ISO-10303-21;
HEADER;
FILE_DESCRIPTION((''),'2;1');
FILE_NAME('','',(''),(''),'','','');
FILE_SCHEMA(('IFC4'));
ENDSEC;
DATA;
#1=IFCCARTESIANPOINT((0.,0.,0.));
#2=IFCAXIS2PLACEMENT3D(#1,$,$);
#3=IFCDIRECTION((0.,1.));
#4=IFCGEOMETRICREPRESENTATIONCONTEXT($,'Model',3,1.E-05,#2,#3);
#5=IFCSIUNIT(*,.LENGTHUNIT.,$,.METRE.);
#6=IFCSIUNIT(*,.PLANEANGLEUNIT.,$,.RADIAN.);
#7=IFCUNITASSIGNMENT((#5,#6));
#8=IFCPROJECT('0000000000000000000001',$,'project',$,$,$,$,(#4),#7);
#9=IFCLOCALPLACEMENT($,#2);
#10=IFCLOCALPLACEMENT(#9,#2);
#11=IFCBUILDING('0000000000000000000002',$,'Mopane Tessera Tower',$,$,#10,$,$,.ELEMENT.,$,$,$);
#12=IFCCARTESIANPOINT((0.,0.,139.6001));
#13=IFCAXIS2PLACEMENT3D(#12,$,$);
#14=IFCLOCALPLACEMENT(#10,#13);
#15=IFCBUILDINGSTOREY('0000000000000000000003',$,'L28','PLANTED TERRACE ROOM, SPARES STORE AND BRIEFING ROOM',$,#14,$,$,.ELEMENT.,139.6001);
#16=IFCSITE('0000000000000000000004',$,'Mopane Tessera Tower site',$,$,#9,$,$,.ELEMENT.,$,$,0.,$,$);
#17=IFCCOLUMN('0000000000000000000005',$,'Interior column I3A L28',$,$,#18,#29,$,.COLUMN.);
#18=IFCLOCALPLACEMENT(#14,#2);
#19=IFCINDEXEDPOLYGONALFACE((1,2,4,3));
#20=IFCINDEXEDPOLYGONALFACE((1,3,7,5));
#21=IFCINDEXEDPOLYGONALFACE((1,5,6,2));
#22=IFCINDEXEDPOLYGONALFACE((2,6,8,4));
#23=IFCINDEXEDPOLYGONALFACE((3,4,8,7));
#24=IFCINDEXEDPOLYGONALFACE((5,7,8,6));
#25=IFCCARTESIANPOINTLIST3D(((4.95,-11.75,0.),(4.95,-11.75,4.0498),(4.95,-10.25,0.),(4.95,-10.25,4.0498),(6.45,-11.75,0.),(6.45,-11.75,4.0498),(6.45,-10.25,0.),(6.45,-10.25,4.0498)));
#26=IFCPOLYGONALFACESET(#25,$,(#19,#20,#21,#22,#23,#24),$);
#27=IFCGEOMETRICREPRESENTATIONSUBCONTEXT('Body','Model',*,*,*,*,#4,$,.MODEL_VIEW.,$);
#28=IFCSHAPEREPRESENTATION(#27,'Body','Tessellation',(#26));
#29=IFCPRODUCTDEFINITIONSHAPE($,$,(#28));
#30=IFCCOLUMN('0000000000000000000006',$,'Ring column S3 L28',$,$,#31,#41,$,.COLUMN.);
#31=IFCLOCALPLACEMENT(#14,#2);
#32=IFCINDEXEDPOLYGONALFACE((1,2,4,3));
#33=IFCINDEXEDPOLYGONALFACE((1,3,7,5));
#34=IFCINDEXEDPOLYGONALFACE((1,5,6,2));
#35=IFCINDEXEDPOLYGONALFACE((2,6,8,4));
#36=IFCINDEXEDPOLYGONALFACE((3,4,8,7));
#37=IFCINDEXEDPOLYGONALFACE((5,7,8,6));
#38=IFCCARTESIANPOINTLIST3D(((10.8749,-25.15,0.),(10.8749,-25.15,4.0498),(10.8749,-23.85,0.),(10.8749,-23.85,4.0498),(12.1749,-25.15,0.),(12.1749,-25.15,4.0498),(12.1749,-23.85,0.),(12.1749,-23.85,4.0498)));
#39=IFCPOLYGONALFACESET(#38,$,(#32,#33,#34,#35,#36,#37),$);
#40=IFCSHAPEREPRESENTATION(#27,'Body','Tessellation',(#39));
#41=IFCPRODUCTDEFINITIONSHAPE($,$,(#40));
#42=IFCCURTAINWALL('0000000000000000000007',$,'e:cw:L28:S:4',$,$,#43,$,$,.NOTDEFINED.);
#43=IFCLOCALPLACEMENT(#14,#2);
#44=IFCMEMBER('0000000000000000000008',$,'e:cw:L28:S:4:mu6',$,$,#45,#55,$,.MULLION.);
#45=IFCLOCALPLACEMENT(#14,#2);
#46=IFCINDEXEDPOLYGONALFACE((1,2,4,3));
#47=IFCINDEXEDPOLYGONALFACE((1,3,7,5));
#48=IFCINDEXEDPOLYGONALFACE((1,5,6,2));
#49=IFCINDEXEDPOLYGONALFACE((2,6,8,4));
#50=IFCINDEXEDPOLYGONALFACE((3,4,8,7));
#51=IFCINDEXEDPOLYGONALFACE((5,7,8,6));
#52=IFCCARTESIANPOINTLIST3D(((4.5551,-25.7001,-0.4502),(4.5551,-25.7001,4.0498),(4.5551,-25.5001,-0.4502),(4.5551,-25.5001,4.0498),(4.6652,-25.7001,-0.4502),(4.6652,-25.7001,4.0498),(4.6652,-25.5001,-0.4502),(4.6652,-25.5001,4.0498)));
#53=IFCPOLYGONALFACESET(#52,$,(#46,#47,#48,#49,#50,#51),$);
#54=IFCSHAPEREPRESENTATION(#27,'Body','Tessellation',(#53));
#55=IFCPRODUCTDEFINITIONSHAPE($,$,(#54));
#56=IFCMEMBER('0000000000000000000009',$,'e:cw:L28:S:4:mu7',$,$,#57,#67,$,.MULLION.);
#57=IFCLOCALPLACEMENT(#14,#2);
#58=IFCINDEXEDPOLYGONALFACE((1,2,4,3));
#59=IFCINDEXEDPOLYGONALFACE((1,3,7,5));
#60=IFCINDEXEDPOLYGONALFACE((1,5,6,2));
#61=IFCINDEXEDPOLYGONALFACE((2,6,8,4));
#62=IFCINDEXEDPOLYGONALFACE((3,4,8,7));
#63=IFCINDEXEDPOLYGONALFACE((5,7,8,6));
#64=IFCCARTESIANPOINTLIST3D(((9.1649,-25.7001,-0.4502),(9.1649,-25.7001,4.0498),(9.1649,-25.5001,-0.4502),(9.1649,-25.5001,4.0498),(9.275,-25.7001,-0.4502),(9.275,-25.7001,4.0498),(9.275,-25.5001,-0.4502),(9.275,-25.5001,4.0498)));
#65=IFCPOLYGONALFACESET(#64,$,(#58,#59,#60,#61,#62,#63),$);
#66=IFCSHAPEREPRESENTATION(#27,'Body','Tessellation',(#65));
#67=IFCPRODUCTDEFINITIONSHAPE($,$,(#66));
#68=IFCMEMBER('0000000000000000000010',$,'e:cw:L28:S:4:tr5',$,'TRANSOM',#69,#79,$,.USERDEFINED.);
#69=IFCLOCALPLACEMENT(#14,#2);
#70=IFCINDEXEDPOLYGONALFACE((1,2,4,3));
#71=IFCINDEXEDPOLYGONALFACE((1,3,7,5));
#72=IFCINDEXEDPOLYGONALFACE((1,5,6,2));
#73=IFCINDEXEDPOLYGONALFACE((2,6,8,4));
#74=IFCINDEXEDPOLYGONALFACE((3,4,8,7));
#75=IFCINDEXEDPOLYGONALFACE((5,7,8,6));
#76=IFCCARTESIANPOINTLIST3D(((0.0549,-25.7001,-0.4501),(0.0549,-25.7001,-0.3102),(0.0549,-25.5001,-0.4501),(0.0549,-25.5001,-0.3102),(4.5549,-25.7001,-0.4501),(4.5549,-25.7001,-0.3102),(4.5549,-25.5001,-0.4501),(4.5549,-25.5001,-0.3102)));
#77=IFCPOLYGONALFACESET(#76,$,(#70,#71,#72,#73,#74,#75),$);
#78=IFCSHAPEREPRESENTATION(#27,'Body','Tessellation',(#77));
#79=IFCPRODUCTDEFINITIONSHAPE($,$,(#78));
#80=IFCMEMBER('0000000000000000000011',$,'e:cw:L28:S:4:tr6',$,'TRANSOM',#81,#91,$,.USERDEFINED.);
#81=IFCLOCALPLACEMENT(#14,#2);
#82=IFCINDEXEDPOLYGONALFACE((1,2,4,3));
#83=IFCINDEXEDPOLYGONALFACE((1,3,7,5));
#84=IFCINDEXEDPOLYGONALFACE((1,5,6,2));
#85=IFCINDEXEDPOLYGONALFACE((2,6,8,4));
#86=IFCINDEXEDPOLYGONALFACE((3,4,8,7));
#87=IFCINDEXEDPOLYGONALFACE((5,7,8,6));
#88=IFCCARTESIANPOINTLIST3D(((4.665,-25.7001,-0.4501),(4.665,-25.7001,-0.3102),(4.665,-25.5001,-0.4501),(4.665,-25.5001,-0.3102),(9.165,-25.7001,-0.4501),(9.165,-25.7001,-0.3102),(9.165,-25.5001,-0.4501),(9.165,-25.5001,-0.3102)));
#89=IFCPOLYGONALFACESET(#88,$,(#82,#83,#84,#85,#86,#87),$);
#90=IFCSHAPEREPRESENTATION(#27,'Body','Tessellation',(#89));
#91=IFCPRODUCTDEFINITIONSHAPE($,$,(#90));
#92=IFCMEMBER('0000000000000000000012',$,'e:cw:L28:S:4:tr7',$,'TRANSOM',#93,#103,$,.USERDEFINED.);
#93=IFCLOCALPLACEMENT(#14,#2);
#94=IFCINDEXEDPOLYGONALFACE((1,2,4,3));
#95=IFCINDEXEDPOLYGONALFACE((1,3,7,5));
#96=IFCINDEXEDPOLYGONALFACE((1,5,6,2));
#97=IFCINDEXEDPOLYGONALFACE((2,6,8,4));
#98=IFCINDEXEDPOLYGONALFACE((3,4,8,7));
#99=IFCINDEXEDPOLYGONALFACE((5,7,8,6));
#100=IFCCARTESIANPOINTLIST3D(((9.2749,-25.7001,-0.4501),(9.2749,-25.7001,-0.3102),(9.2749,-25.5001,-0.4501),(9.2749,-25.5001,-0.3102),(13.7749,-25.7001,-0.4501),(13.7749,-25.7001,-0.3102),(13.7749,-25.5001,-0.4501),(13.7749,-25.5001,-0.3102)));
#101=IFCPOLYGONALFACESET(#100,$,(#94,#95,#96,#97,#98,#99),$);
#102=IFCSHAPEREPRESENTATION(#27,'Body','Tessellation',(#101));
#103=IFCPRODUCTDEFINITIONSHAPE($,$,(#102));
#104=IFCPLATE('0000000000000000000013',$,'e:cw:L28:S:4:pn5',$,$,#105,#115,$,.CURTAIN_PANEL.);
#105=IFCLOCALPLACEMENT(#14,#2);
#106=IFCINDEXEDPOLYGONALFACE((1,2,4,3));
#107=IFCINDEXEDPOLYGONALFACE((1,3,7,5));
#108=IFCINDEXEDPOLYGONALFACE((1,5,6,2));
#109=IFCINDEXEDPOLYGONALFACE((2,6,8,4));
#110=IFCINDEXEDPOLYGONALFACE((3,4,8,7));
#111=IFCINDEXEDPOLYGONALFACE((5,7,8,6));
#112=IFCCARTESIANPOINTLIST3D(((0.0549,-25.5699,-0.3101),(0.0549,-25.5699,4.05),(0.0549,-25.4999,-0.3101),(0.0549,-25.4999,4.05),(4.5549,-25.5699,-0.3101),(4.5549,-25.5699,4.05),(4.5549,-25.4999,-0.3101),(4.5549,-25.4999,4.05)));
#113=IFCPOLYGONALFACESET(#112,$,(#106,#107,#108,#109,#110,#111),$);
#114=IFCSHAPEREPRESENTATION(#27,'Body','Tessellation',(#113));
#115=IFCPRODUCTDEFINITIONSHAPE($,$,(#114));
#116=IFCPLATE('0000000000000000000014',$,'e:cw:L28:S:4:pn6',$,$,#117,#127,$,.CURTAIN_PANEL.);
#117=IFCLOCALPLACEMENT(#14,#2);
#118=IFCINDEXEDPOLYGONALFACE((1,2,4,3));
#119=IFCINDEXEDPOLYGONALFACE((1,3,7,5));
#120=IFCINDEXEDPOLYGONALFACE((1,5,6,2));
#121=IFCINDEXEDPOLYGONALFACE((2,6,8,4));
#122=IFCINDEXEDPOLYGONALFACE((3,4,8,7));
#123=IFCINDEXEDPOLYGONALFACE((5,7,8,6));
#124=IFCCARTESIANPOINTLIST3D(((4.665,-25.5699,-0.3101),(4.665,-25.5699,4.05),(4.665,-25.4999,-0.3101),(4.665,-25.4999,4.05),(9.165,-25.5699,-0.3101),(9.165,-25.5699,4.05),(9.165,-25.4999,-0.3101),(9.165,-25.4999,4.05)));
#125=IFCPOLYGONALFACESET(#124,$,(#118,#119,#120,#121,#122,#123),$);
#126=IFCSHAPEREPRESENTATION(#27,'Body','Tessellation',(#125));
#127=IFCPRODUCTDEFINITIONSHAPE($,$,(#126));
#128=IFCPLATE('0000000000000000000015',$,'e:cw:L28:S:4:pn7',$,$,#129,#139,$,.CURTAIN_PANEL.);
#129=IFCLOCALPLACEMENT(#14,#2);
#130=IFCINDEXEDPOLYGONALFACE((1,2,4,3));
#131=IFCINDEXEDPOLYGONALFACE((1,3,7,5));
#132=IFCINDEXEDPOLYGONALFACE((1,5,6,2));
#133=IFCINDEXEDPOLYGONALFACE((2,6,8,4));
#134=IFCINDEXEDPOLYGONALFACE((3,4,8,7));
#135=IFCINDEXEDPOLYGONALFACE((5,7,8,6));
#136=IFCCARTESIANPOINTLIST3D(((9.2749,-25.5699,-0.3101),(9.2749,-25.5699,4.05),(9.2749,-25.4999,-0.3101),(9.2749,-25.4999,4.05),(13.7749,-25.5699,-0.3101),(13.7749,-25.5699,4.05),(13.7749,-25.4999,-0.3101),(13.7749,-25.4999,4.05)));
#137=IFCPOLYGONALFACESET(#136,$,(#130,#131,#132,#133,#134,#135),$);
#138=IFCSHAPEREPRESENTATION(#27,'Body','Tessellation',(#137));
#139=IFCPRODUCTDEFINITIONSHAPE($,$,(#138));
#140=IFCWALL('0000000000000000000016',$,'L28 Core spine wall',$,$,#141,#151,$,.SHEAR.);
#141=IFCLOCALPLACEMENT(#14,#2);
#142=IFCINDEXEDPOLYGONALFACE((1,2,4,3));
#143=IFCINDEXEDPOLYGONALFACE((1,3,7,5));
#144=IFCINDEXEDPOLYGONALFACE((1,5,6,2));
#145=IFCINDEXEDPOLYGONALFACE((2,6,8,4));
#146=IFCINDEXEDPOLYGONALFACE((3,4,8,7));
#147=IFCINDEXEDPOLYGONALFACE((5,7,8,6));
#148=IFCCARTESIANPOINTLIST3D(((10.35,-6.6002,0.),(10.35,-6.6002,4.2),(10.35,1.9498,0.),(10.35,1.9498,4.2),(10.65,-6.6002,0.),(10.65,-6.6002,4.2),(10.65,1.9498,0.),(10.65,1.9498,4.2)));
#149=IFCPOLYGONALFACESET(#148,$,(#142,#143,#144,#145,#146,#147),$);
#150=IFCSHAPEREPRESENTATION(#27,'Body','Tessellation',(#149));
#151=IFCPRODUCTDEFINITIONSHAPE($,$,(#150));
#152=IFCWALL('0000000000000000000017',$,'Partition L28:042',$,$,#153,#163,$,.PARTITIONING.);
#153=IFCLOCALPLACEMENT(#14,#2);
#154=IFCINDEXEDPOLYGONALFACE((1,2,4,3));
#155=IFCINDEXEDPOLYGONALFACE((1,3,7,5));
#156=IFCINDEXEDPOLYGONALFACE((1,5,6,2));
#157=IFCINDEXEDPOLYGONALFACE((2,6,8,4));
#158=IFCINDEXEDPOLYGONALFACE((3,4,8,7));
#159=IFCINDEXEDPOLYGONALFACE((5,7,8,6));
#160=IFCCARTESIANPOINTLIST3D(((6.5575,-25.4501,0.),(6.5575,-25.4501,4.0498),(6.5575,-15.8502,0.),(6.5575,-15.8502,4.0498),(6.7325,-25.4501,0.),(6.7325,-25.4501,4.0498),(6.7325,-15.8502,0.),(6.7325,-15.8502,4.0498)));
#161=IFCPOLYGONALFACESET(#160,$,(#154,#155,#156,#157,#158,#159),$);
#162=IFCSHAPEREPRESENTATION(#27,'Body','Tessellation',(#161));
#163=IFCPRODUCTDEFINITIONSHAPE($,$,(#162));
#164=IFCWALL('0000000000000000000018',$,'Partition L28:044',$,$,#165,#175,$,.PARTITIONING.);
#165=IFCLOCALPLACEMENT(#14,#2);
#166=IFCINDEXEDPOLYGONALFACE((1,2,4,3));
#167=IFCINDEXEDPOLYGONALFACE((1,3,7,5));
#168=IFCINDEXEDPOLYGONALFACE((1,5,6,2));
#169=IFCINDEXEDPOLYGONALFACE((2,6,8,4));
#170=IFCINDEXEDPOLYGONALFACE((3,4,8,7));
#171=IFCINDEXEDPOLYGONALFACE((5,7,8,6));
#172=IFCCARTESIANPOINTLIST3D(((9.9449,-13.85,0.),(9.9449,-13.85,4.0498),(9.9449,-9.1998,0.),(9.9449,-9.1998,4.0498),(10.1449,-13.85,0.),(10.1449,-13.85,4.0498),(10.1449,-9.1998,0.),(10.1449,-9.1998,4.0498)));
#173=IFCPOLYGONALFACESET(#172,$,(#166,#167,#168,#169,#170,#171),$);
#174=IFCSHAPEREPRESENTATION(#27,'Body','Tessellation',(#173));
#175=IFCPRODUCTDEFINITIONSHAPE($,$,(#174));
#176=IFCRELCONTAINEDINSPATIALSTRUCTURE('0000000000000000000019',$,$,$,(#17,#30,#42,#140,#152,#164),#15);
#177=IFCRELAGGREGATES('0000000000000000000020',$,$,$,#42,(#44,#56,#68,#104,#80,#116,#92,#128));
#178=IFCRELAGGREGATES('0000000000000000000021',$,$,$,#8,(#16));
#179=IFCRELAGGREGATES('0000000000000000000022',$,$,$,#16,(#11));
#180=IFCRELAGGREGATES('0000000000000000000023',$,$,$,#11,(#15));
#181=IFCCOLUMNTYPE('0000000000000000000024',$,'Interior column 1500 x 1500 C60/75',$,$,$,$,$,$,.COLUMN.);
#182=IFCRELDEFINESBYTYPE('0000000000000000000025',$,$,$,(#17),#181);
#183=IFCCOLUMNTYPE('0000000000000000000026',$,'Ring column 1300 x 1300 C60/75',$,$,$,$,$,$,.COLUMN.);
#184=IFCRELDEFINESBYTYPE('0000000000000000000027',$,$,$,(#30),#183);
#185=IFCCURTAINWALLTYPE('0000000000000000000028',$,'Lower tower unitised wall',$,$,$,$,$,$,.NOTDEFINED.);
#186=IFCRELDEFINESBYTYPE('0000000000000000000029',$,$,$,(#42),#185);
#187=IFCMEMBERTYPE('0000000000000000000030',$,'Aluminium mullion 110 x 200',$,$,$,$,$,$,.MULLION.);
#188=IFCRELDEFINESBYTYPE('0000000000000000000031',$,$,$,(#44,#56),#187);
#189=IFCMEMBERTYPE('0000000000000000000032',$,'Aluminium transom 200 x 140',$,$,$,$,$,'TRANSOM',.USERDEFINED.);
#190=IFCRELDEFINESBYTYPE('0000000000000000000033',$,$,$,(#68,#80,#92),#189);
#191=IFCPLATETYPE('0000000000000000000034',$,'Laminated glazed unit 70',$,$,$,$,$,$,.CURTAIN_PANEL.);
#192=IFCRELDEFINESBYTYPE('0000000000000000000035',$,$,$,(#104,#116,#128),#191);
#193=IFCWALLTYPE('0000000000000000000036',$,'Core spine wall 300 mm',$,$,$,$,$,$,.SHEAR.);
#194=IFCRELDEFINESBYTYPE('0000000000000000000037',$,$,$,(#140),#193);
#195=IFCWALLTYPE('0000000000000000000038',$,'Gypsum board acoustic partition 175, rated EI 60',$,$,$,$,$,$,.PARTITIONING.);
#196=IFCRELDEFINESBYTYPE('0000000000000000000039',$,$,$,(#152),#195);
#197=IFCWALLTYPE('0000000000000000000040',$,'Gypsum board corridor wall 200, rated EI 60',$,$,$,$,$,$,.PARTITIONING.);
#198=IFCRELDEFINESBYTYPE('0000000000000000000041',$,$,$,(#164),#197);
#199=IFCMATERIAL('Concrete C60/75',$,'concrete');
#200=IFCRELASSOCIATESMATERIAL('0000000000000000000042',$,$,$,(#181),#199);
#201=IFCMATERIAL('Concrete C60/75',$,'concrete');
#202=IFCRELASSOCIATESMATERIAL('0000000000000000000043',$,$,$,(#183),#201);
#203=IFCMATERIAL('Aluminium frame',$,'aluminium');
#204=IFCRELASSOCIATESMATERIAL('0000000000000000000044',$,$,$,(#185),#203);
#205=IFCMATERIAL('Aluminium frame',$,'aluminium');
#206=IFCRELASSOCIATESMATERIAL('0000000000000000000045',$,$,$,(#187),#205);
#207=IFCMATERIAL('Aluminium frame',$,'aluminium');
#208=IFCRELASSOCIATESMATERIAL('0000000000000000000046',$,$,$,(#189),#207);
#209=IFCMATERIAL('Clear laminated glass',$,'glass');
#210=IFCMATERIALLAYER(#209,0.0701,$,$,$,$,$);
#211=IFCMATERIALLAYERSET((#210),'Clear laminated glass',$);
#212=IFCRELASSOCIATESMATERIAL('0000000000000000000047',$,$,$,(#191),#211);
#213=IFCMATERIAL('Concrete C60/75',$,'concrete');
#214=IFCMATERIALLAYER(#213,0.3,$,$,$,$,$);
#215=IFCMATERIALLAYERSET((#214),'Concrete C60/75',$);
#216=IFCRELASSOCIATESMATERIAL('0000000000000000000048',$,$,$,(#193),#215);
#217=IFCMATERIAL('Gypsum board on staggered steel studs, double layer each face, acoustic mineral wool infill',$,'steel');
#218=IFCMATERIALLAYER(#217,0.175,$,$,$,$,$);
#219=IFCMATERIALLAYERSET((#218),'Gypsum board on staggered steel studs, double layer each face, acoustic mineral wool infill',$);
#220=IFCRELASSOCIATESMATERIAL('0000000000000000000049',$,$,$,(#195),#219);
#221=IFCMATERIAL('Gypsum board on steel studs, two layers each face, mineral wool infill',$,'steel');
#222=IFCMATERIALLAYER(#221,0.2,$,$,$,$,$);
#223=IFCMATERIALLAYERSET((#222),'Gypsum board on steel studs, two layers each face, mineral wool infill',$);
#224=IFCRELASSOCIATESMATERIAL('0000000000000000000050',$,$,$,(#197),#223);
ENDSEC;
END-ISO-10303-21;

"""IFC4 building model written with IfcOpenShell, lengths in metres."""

from ifc_helpers import new_model, si_unit, direction, frame, frame_2d, origin, origin_2d, place, context, subcontext, project, spatial, rectangle, extrude, material, layer, layer_set, material_profile, profile_set, type_object, element, aggregate, save


model = new_model("IFC4")

# Units and contexts
model_context = context("Model", 3, precision=1e-05, world=origin(), true_north=direction((0.0, 1.0)))
body_context = subcontext(model_context, "Body", "Model", "MODEL_VIEW")
ifc_project = project(units=[si_unit("LENGTHUNIT", "METRE"), si_unit("PLANEANGLEUNIT", "RADIAN")], contexts=[model_context])

# Site, building, storey
site_placement = place(None, origin())
site = spatial("IfcSite", under=ifc_project, at=site_placement, Name="Mopane Tessera Tower site", CompositionType="ELEMENT", RefElevation=0.0)
building_placement = place(site_placement, origin())
building = spatial("IfcBuilding", under=site, at=building_placement, Name="Mopane Tessera Tower", CompositionType="ELEMENT")
storey_placement = place(building_placement, frame((0.0, 0.0, 139.6001)))
storey = spatial("IfcBuildingStorey", under=building, at=storey_placement, Name="L28", Description="PLANTED TERRACE ROOM, SPARES STORE AND BRIEFING ROOM", CompositionType="ELEMENT", Elevation=139.6001)

# Columns
ifc_material_1 = material(Name="Concrete C60/75", Category="concrete")
ifc_material_profile_1 = material_profile(ifc_material_1, rectangle(XDim=1.5, YDim=1.5, at=origin_2d()))
ifc_profile_set_1 = profile_set([ifc_material_profile_1], Name="Concrete C60/75")
column_type_1 = type_object("IfcColumnType", Name="Interior column 1500 x 1500 C60/75", PredefinedType="COLUMN", material=ifc_profile_set_1)
column_1_placement = place(storey_placement, frame((5.7, -11.0, 0.0), z_axis=(0.0, 0.0, 1.0), x_axis=(1.0, 0.0, 0.0)))
element("IfcColumn", 1, at=column_1_placement, inside=storey, type_object=column_type_1, Name="Interior column I3A L28", PredefinedType="COLUMN", context=body_context, shape_type="SweptSolid", body=[
    extrude(rectangle(XDim=1.5, YDim=1.5, at=origin_2d()), origin(), (0.0, 0.0, 1.0), 4.0498),
])
ifc_material_2 = material(Name="Concrete C60/75", Category="concrete")
ifc_material_profile_2 = material_profile(ifc_material_2, rectangle(XDim=1.3, YDim=1.3, at=origin_2d()))
ifc_profile_set_2 = profile_set([ifc_material_profile_2], Name="Concrete C60/75")
column_type_2 = type_object("IfcColumnType", Name="Ring column 1300 x 1300 C60/75", PredefinedType="COLUMN", material=ifc_profile_set_2)
column_2_placement = place(storey_placement, frame((11.5249, -24.5, 0.0), z_axis=(0.0, 0.0, 1.0), x_axis=(1.0, 0.0, 0.0)))
element("IfcColumn", 2, at=column_2_placement, inside=storey, type_object=column_type_2, Name="Ring column S3 L28", PredefinedType="COLUMN", context=body_context, shape_type="SweptSolid", body=[
    extrude(rectangle(XDim=1.3, YDim=1.3, at=origin_2d()), origin(), (0.0, 0.0, 1.0), 4.0498),
])

# Curtain wall, members, plates
ifc_material_3 = material(Name="Aluminium frame", Category="aluminium")
curtain_wall_type = type_object("IfcCurtainWallType", Name="Lower tower unitised wall", PredefinedType="NOTDEFINED", material=ifc_material_3)
curtain_wall_placement = place(storey_placement, origin())
curtain_wall = element("IfcCurtainWall", 3, at=curtain_wall_placement, inside=storey, type_object=curtain_wall_type, Name="e:cw:L28:S:4", PredefinedType="NOTDEFINED")
ifc_material_4 = material(Name="Aluminium frame", Category="aluminium")
ifc_material_profile_3 = material_profile(ifc_material_4, rectangle(XDim=0.1101, YDim=0.2, at=origin_2d()))
ifc_profile_set_3 = profile_set([ifc_material_profile_3], Name="Aluminium frame")
member_type_1 = type_object("IfcMemberType", Name="Aluminium mullion 110 x 200", PredefinedType="MULLION", material=ifc_profile_set_3)
member_1_placement = place(storey_placement, frame((4.6101, -25.6001, -0.4502), z_axis=(0.0, 0.0, 1.0), x_axis=(1.0, 0.0, 0.0)))
member_1 = element("IfcMember", 4, at=member_1_placement, type_object=member_type_1, Name="e:cw:L28:S:4:mu6", PredefinedType="MULLION", context=body_context, shape_type="SweptSolid", body=[
    extrude(rectangle(XDim=0.1101, YDim=0.2, at=origin_2d()), origin(), (0.0, 0.0, 1.0), 4.5),
])
member_2_placement = place(storey_placement, frame((9.22, -25.6001, -0.4502), z_axis=(0.0, 0.0, 1.0), x_axis=(1.0, 0.0, 0.0)))
member_2 = element("IfcMember", 5, at=member_2_placement, type_object=member_type_1, Name="e:cw:L28:S:4:mu7", PredefinedType="MULLION", context=body_context, shape_type="SweptSolid", body=[
    extrude(rectangle(XDim=0.1101, YDim=0.2, at=origin_2d()), origin(), (0.0, 0.0, 1.0), 4.5),
])
ifc_material_5 = material(Name="Aluminium frame", Category="aluminium")
ifc_material_profile_4 = material_profile(ifc_material_5, rectangle(XDim=0.2, YDim=0.1399, at=origin_2d()))
ifc_profile_set_4 = profile_set([ifc_material_profile_4], Name="Aluminium frame")
member_type_2 = type_object("IfcMemberType", Name="Aluminium transom 200 x 140", ElementType="TRANSOM", PredefinedType="USERDEFINED", material=ifc_profile_set_4)
member_3_placement = place(storey_placement, frame((0.0549, -25.6001, -0.3801), z_axis=(1.0, 0.0, 0.0), x_axis=(0.0, 1.0, 0.0)))
member_3 = element("IfcMember", 6, at=member_3_placement, type_object=member_type_2, Name="e:cw:L28:S:4:tr5", ObjectType="TRANSOM", PredefinedType="USERDEFINED", context=body_context, shape_type="SweptSolid", body=[
    extrude(rectangle(XDim=0.2, YDim=0.1399, at=origin_2d()), origin(), (0.0, 0.0, 1.0), 4.5),
])
member_4_placement = place(storey_placement, frame((4.665, -25.6001, -0.3801), z_axis=(1.0, 0.0, 0.0), x_axis=(0.0, 1.0, 0.0)))
member_4 = element("IfcMember", 7, at=member_4_placement, type_object=member_type_2, Name="e:cw:L28:S:4:tr6", ObjectType="TRANSOM", PredefinedType="USERDEFINED", context=body_context, shape_type="SweptSolid", body=[
    extrude(rectangle(XDim=0.2, YDim=0.1399, at=origin_2d()), origin(), (0.0, 0.0, 1.0), 4.5),
])
member_5_placement = place(storey_placement, frame((9.2749, -25.6001, -0.3801), z_axis=(1.0, 0.0, 0.0), x_axis=(0.0, 1.0, 0.0)))
member_5 = element("IfcMember", 8, at=member_5_placement, type_object=member_type_2, Name="e:cw:L28:S:4:tr7", ObjectType="TRANSOM", PredefinedType="USERDEFINED", context=body_context, shape_type="SweptSolid", body=[
    extrude(rectangle(XDim=0.2, YDim=0.1399, at=origin_2d()), origin(), (0.0, 0.0, 1.0), 4.5),
])
ifc_material_6 = material(Name="Clear laminated glass", Category="glass")
ifc_layer_1 = layer(ifc_material_6, 0.0701)
ifc_layer_set_1 = layer_set([ifc_layer_1], Name="Clear laminated glass")
plate_type = type_object("IfcPlateType", Name="Laminated glazed unit 70", PredefinedType="CURTAIN_PANEL", material=ifc_layer_set_1)
plate_1_placement = place(storey_placement, frame((2.3049, -25.5349, -0.3101), z_axis=(0.0, 0.0, 1.0), x_axis=(1.0, 0.0, 0.0)))
plate_1 = element("IfcPlate", 9, at=plate_1_placement, type_object=plate_type, Name="e:cw:L28:S:4:pn5", PredefinedType="CURTAIN_PANEL", context=body_context, shape_type="SweptSolid", body=[
    extrude(rectangle(XDim=4.5, YDim=0.0701, at=origin_2d()), origin(), (0.0, 0.0, 1.0), 4.3601),
])
plate_2_placement = place(storey_placement, frame((6.915, -25.5349, -0.3101), z_axis=(0.0, 0.0, 1.0), x_axis=(1.0, 0.0, 0.0)))
plate_2 = element("IfcPlate", 10, at=plate_2_placement, type_object=plate_type, Name="e:cw:L28:S:4:pn6", PredefinedType="CURTAIN_PANEL", context=body_context, shape_type="SweptSolid", body=[
    extrude(rectangle(XDim=4.5, YDim=0.0701, at=origin_2d()), origin(), (0.0, 0.0, 1.0), 4.3601),
])
plate_3_placement = place(storey_placement, frame((11.5249, -25.5349, -0.3101), z_axis=(0.0, 0.0, 1.0), x_axis=(1.0, 0.0, 0.0)))
plate_3 = element("IfcPlate", 11, at=plate_3_placement, type_object=plate_type, Name="e:cw:L28:S:4:pn7", PredefinedType="CURTAIN_PANEL", context=body_context, shape_type="SweptSolid", body=[
    extrude(rectangle(XDim=4.5, YDim=0.0701, at=origin_2d()), origin(), (0.0, 0.0, 1.0), 4.3601),
])
aggregate(curtain_wall, [member_1, member_2, member_3, plate_1, member_4, plate_2, member_5, plate_3])

# Walls
ifc_material_7 = material(Name="Concrete C60/75", Category="concrete")
ifc_layer_2 = layer(ifc_material_7, 0.3)
ifc_layer_set_2 = layer_set([ifc_layer_2], Name="Concrete C60/75")
wall_type_1 = type_object("IfcWallType", Name="Core spine wall 300 mm", PredefinedType="SHEAR", material=ifc_layer_set_2)
wall_1_placement = place(storey_placement, frame((10.5, -6.6001, 0.0), z_axis=(0.0, 0.0, 1.0), x_axis=(0.0, 1.0, 0.0)))
element("IfcWall", 12, at=wall_1_placement, inside=storey, type_object=wall_type_1, Name="L28 Core spine wall", PredefinedType="SHEAR", context=body_context, shape_type="SweptSolid", body=[
    extrude(rectangle(XDim=8.55, YDim=0.3, at=frame_2d((4.2749, 0.0))), origin(), (0.0, 0.0, 1.0), 4.2),
])
ifc_material_8 = material(Name="Gypsum board on staggered steel studs, double layer each face, acoustic mineral wool infill", Category="steel")
ifc_layer_3 = layer(ifc_material_8, 0.175)
ifc_layer_set_3 = layer_set([ifc_layer_3], Name="Gypsum board on staggered steel studs, double layer each face, acoustic mineral wool infill")
wall_type_2 = type_object("IfcWallType", Name="Gypsum board acoustic partition 175, rated EI 60", PredefinedType="PARTITIONING", material=ifc_layer_set_3)
wall_2_placement = place(storey_placement, frame((6.645, -25.45, 0.0), z_axis=(0.0, 0.0, 1.0), x_axis=(0.0, 1.0, 0.0)))
element("IfcWall", 13, at=wall_2_placement, inside=storey, type_object=wall_type_2, Name="Partition L28:042", PredefinedType="PARTITIONING", context=body_context, shape_type="SweptSolid", body=[
    extrude(rectangle(XDim=9.5999, YDim=0.175, at=frame_2d((4.7998, 0.0))), origin(), (0.0, 0.0, 1.0), 4.0498),
])
ifc_material_9 = material(Name="Gypsum board on steel studs, two layers each face, mineral wool infill", Category="steel")
ifc_layer_4 = layer(ifc_material_9, 0.2)
ifc_layer_set_4 = layer_set([ifc_layer_4], Name="Gypsum board on steel studs, two layers each face, mineral wool infill")
wall_type_3 = type_object("IfcWallType", Name="Gypsum board corridor wall 200, rated EI 60", PredefinedType="PARTITIONING", material=ifc_layer_set_4)
wall_3_placement = place(storey_placement, frame((10.0449, -13.8501, 0.0), z_axis=(0.0, 0.0, 1.0), x_axis=(0.0, 1.0, 0.0)))
element("IfcWall", 14, at=wall_3_placement, inside=storey, type_object=wall_type_3, Name="Partition L28:044", PredefinedType="PARTITIONING", context=body_context, shape_type="SweptSolid", body=[
    extrude(rectangle(XDim=4.6501, YDim=0.2, at=frame_2d((2.3252, 0.0))), origin(), (0.0, 0.0, 1.0), 4.0498),
])

save(model, "model.ifc")
